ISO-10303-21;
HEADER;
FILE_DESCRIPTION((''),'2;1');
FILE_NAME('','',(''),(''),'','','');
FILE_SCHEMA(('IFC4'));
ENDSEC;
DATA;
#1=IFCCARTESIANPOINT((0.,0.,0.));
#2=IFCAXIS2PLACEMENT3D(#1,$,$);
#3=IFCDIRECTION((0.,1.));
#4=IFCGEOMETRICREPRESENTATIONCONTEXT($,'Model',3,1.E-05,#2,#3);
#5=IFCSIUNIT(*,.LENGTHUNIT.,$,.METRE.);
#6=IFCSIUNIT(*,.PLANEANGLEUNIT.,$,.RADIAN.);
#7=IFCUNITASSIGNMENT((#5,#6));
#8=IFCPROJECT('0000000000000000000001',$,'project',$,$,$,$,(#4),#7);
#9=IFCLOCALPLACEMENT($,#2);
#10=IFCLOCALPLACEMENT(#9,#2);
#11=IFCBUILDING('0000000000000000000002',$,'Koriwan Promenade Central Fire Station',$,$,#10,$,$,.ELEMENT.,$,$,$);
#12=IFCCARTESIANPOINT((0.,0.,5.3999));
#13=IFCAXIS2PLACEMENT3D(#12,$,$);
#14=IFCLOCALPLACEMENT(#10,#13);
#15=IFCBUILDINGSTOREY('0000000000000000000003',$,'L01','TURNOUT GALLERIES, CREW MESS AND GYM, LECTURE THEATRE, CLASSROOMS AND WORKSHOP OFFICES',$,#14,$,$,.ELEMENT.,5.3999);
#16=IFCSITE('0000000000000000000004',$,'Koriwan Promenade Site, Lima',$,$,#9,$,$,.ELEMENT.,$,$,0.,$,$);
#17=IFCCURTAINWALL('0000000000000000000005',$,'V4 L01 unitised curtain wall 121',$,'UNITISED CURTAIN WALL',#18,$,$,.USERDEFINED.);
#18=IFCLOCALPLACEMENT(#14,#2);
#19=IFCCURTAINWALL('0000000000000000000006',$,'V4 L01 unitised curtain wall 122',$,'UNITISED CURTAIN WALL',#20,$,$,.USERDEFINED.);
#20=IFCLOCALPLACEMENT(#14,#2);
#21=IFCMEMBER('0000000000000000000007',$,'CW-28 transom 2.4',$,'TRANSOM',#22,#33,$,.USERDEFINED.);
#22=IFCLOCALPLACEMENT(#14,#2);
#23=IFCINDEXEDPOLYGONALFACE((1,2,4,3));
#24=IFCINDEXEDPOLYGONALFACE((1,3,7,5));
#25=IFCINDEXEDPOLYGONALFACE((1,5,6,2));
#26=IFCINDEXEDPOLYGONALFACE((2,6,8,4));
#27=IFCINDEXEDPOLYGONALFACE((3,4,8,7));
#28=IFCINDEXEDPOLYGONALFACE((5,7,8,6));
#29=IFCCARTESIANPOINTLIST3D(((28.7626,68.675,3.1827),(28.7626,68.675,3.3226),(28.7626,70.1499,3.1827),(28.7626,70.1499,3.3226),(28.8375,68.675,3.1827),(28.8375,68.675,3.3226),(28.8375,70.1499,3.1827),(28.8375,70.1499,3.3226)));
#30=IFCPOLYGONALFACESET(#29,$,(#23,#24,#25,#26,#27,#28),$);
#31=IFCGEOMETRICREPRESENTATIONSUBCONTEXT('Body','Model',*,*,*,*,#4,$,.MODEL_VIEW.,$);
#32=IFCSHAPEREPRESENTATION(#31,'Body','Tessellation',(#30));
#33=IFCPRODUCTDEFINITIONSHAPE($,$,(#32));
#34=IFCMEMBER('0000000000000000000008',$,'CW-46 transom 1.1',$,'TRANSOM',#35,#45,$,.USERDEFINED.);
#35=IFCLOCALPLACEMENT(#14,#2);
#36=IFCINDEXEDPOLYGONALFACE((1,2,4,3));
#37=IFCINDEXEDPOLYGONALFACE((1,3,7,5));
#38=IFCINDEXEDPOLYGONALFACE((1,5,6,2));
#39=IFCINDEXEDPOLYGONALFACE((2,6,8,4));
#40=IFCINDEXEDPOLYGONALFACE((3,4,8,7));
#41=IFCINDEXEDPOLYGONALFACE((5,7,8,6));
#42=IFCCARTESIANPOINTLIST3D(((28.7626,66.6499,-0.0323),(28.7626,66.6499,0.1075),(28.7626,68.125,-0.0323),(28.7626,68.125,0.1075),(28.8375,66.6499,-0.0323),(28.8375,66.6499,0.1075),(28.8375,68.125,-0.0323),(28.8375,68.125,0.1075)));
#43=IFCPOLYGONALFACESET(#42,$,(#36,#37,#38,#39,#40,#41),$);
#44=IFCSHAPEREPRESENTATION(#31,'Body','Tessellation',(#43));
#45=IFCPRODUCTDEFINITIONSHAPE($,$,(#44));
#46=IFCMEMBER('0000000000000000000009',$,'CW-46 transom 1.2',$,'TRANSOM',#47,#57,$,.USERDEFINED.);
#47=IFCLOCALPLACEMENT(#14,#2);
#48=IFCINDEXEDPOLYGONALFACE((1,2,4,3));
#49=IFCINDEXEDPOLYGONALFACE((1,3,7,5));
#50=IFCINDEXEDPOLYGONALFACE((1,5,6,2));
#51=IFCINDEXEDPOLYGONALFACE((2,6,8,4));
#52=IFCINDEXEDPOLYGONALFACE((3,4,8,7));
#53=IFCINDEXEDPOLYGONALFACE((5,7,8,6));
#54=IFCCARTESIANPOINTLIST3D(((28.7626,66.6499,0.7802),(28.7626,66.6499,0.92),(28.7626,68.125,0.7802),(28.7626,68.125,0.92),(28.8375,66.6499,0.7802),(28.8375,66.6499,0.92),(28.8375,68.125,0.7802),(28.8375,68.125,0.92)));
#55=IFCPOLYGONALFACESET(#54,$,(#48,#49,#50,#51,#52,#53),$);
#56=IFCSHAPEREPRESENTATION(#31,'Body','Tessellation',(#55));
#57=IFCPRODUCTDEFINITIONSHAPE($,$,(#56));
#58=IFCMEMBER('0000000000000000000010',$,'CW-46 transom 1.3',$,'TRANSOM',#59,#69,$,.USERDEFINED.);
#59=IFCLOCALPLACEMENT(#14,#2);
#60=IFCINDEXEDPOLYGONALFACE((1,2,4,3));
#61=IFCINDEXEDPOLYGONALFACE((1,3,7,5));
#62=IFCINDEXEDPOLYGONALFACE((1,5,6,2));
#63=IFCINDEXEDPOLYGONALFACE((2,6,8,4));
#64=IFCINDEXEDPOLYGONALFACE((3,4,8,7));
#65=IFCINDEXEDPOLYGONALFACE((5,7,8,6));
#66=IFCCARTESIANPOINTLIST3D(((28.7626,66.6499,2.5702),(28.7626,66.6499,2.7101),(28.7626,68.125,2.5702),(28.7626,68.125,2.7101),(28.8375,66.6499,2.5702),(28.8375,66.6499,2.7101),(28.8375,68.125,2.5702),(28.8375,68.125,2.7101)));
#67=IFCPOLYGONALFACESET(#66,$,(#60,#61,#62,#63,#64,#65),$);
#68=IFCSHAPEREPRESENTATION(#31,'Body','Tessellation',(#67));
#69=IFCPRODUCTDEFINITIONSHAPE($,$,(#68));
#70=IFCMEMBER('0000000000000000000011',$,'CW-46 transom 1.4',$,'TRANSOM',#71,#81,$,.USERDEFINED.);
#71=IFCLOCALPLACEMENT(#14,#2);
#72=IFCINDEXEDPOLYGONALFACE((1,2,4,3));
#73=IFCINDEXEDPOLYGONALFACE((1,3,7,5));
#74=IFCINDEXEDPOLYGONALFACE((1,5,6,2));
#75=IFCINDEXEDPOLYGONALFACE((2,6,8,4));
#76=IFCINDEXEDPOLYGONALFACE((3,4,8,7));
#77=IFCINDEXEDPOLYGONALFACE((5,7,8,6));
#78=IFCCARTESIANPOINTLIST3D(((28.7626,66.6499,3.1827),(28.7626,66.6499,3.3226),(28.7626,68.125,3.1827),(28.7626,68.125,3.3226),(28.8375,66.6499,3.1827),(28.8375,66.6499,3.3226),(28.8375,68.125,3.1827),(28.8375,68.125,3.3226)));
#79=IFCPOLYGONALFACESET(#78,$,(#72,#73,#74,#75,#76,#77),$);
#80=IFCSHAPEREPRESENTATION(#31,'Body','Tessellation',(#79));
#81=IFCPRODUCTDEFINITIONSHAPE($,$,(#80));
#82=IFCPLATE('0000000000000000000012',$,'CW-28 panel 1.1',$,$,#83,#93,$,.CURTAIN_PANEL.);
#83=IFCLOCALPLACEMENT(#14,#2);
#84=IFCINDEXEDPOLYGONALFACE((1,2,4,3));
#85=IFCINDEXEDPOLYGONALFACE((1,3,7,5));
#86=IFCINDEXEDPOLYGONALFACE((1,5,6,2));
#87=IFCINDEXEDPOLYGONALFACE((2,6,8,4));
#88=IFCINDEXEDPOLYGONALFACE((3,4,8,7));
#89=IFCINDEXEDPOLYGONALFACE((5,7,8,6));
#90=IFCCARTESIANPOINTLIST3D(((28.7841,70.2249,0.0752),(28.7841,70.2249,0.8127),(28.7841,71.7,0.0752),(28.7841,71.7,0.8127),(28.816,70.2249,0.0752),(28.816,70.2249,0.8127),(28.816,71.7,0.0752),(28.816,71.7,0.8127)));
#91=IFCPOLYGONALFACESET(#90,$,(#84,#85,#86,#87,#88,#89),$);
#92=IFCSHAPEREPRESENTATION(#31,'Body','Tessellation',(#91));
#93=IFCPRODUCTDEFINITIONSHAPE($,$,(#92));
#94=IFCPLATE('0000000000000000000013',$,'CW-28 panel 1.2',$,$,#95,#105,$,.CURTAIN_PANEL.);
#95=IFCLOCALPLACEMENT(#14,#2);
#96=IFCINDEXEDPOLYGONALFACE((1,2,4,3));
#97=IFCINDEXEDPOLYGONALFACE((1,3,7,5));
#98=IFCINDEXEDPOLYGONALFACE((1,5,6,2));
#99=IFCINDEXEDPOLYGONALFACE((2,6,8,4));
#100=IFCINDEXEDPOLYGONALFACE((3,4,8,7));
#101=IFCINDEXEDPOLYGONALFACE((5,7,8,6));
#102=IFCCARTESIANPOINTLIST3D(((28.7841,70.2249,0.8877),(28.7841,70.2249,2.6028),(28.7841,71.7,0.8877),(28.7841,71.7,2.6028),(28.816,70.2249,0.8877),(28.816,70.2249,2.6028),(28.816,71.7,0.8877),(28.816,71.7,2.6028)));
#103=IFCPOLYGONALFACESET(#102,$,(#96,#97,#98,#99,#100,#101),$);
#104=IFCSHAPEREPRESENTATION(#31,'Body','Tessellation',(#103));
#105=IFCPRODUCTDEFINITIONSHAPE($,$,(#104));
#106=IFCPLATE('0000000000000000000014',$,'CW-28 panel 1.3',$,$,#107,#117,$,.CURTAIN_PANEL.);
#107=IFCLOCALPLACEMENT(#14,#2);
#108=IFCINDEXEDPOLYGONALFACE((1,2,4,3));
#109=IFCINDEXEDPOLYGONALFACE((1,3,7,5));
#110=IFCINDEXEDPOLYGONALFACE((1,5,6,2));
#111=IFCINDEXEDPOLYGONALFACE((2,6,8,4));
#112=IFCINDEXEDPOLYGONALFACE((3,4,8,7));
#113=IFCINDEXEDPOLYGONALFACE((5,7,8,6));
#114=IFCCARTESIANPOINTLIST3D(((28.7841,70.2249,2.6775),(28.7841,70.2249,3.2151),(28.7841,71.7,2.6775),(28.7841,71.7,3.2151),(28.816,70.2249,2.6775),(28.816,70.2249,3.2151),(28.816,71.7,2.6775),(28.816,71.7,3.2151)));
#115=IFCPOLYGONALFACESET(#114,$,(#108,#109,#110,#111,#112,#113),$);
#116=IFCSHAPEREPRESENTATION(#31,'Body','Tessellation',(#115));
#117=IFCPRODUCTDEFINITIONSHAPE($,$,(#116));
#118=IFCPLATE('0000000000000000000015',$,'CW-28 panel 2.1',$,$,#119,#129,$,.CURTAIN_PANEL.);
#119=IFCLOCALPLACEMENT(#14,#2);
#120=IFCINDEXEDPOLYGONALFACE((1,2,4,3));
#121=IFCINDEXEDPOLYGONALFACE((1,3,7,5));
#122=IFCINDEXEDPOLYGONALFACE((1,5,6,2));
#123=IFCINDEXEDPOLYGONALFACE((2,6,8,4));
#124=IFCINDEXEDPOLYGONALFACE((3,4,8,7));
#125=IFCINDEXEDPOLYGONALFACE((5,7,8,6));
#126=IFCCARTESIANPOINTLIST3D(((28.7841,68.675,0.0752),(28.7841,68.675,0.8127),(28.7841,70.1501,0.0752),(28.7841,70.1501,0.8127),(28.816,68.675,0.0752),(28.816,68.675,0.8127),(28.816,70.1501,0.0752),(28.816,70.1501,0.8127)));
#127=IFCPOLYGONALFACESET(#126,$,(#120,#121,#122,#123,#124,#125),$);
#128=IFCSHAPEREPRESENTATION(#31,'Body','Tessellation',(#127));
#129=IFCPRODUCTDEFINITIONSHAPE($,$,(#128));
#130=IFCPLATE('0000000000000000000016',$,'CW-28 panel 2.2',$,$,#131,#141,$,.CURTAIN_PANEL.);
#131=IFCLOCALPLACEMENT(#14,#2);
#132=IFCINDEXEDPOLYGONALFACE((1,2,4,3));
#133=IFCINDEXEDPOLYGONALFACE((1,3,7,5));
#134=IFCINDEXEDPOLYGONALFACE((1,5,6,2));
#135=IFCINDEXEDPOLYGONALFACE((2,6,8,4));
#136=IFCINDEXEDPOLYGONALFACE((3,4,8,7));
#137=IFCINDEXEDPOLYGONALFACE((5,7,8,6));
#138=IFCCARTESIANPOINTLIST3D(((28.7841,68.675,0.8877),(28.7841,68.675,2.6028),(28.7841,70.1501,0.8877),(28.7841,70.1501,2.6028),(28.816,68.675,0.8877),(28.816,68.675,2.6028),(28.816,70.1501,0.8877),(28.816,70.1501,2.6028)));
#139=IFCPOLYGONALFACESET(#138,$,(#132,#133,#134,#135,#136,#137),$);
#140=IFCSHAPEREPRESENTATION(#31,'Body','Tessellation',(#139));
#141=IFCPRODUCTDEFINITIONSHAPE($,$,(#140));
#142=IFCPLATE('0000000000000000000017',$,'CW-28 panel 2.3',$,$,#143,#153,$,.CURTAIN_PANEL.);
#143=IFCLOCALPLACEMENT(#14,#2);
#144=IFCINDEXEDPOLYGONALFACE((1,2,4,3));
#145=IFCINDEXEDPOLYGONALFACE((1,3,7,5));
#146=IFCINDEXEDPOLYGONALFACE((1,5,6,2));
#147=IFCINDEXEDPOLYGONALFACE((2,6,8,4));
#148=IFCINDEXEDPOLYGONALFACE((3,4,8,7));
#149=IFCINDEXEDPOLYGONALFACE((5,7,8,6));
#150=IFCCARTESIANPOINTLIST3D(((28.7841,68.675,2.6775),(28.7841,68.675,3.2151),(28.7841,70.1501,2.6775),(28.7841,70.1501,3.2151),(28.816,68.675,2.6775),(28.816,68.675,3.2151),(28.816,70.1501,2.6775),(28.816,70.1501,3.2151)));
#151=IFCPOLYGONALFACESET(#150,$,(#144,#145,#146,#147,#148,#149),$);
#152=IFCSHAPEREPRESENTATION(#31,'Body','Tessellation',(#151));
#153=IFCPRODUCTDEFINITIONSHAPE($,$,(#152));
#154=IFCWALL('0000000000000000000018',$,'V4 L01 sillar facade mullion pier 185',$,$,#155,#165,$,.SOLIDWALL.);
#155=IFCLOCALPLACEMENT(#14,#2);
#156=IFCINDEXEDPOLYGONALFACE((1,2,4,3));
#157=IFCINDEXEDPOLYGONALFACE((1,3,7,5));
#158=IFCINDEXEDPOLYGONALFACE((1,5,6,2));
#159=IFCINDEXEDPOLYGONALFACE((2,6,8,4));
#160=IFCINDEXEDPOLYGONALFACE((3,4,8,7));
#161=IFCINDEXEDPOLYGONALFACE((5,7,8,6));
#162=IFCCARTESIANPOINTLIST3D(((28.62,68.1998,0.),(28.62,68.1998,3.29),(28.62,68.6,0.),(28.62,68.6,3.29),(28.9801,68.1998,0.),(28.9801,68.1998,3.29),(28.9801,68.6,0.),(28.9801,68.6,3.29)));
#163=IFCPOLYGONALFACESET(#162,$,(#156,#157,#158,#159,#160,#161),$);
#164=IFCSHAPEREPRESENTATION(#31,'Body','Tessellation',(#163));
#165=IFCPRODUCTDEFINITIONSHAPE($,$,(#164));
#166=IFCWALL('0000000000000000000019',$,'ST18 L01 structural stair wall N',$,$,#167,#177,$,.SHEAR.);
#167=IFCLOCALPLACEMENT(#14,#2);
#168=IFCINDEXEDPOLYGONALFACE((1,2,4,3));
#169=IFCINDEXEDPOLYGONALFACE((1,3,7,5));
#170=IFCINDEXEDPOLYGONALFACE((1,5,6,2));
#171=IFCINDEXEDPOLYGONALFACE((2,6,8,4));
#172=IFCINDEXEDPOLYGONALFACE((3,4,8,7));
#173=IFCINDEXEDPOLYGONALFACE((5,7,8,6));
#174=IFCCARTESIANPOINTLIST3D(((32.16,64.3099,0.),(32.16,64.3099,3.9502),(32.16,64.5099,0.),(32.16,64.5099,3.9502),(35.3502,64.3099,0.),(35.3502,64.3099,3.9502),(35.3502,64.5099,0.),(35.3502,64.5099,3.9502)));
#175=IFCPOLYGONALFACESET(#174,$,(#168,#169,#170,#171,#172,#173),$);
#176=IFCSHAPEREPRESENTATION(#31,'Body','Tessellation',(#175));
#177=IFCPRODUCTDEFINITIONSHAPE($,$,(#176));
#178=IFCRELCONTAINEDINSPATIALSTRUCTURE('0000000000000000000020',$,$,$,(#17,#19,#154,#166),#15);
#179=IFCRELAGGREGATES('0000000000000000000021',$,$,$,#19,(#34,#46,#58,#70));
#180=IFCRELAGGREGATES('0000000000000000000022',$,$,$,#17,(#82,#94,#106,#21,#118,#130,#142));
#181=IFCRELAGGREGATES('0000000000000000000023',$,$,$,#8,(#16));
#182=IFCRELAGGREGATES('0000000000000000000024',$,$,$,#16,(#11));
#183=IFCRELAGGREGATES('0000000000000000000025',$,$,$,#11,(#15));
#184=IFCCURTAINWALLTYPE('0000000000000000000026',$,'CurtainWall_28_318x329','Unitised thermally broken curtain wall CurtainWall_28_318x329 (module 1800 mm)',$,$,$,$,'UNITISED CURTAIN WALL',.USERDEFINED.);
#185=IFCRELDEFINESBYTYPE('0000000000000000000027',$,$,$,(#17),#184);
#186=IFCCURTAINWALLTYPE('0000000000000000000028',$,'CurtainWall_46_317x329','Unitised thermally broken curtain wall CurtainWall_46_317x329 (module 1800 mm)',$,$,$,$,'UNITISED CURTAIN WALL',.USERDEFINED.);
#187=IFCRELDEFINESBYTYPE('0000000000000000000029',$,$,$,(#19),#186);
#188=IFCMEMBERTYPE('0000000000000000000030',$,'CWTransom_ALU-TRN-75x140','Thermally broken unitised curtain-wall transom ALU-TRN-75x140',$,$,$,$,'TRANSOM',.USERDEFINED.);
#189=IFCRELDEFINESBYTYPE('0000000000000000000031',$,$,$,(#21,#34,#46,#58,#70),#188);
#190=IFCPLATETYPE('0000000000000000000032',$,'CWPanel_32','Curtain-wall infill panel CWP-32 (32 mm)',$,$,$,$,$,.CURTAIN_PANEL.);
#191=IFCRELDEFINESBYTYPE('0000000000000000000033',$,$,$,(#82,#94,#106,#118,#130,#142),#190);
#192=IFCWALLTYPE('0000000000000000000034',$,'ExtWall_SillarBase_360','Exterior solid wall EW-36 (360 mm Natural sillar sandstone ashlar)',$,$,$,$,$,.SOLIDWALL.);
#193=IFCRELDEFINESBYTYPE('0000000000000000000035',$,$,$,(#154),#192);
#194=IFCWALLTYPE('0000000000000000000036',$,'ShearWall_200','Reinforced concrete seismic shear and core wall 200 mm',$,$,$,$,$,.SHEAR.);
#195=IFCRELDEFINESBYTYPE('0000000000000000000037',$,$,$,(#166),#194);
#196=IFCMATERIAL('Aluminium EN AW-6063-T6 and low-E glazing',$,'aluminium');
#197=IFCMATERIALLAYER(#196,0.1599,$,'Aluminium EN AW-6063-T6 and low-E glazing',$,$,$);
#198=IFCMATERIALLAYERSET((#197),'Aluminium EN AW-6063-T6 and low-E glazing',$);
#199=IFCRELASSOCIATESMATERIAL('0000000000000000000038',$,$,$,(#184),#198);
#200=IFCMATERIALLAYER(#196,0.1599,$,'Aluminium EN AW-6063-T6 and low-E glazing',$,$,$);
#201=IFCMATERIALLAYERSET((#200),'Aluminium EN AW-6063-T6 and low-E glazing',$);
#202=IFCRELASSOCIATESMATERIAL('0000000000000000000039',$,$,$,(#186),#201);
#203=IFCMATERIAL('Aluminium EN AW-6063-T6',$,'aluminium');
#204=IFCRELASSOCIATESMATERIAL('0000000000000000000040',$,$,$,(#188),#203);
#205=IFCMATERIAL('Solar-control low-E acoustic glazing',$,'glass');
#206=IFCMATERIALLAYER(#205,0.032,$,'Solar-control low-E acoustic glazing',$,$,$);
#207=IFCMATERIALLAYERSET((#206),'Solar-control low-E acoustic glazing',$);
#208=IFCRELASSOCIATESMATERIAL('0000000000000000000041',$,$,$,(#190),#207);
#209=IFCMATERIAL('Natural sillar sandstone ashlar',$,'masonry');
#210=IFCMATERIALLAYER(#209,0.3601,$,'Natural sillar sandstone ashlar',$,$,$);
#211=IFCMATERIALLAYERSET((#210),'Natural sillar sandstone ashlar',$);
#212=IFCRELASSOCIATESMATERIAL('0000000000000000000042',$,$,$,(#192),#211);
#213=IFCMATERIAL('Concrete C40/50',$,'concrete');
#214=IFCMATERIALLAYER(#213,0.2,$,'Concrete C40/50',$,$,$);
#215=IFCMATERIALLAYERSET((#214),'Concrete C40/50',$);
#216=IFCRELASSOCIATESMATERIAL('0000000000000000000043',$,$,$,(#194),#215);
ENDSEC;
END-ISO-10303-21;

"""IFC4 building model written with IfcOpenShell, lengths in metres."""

from ifc_helpers import new_model, si_unit, direction, frame, frame_2d, origin, origin_2d, place, context, subcontext, project, spatial, rectangle, extrude, material, layer, layer_set, material_profile, profile_set, type_object, element, aggregate, save


model = new_model("IFC4")

# Units and contexts
model_context = context("Model", 3, precision=1e-05, world=origin(), true_north=direction((0.0, 1.0)))
body_context = subcontext(model_context, "Body", "Model", "MODEL_VIEW")
ifc_project = project(units=[si_unit("LENGTHUNIT", "METRE"), si_unit("PLANEANGLEUNIT", "RADIAN")], contexts=[model_context])

# Site, building, storey
site_placement = place(None, origin())
site = spatial("IfcSite", under=ifc_project, at=site_placement, Name="Koriwan Promenade Site, Lima", CompositionType="ELEMENT", RefElevation=0.0)
building_placement = place(site_placement, origin())
building = spatial("IfcBuilding", under=site, at=building_placement, Name="Koriwan Promenade Central Fire Station", CompositionType="ELEMENT")
storey_placement = place(building_placement, frame((0.0, 0.0, 5.3999)))
storey = spatial("IfcBuildingStorey", under=building, at=storey_placement, Name="L01", Description="TURNOUT GALLERIES, CREW MESS AND GYM, LECTURE THEATRE, CLASSROOMS AND WORKSHOP OFFICES", CompositionType="ELEMENT", Elevation=5.3999)

# Shared definitions
ifc_material_1 = material(Name="Concrete C40/50", Category="concrete")

# Curtain wall
ifc_material_2 = material(Name="Aluminium EN AW-6063-T6 and low-E glazing", Category="aluminium")
ifc_layer_1 = layer(ifc_material_2, 0.1599, Name="Aluminium EN AW-6063-T6 and low-E glazing")
ifc_layer_set_1 = layer_set([ifc_layer_1], Name="Aluminium EN AW-6063-T6 and low-E glazing")
curtain_wall_type_1 = type_object("IfcCurtainWallType", Name="CurtainWall_28_318x329", Description="Unitised thermally broken curtain wall CurtainWall_28_318x329 (module 1800 mm)", ElementType="UNITISED CURTAIN WALL", PredefinedType="USERDEFINED", material=ifc_layer_set_1)
curtain_wall_1_placement = place(storey_placement, origin())
curtain_wall_1 = element("IfcCurtainWall", 1, at=curtain_wall_1_placement, inside=storey, type_object=curtain_wall_type_1, Name="V4 L01 unitised curtain wall 121", ObjectType="UNITISED CURTAIN WALL", PredefinedType="USERDEFINED")
ifc_material_3 = material(Name="Aluminium EN AW-6063-T6", Category="aluminium")

# Curtain wall
ifc_layer_2 = layer(ifc_material_2, 0.1599, Name="Aluminium EN AW-6063-T6 and low-E glazing")
ifc_layer_set_2 = layer_set([ifc_layer_2], Name="Aluminium EN AW-6063-T6 and low-E glazing")
curtain_wall_type_2 = type_object("IfcCurtainWallType", Name="CurtainWall_46_317x329", Description="Unitised thermally broken curtain wall CurtainWall_46_317x329 (module 1800 mm)", ElementType="UNITISED CURTAIN WALL", PredefinedType="USERDEFINED", material=ifc_layer_set_2)
curtain_wall_2_placement = place(storey_placement, origin())
curtain_wall_2 = element("IfcCurtainWall", 2, at=curtain_wall_2_placement, inside=storey, type_object=curtain_wall_type_2, Name="V4 L01 unitised curtain wall 122", ObjectType="UNITISED CURTAIN WALL", PredefinedType="USERDEFINED")

# Members
ifc_material_profile_1 = material_profile(ifc_material_3, rectangle(XDim=0.075, YDim=0.1399, at=origin_2d()), Name="ALU-TRN-75x140")
ifc_profile_set_1 = profile_set([ifc_material_profile_1], Name="Aluminium EN AW-6063-T6")
member_type_1 = type_object("IfcMemberType", Name="CWTransom_ALU-TRN-75x140", Description="Thermally broken unitised curtain-wall transom ALU-TRN-75x140", ElementType="TRANSOM", PredefinedType="USERDEFINED", material=ifc_profile_set_1)
member_1_placement = place(storey_placement, frame((28.8, 70.1499, 3.2527), z_axis=(0.0, -1.0, 0.0), x_axis=(1.0, 0.0, 0.0)))
member_1 = element("IfcMember", 3, at=member_1_placement, type_object=member_type_1, Name="CW-28 transom 2.4", ObjectType="TRANSOM", PredefinedType="USERDEFINED", context=body_context, shape_type="SweptSolid", body=[
    extrude(rectangle(XDim=0.075, YDim=0.1399, at=origin_2d()), origin(), (0.0, 0.0, 1.0), 1.4749),
])
member_2_placement = place(storey_placement, frame((28.8, 68.125, 0.0376), z_axis=(0.0, -1.0, 0.0), x_axis=(1.0, 0.0, 0.0)))
member_2 = element("IfcMember", 4, at=member_2_placement, type_object=member_type_1, Name="CW-46 transom 1.1", ObjectType="TRANSOM", PredefinedType="USERDEFINED", context=body_context, shape_type="SweptSolid", body=[
    extrude(rectangle(XDim=0.075, YDim=0.1399, at=origin_2d()), origin(), (0.0, 0.0, 1.0), 1.4751),
])
member_3_placement = place(storey_placement, frame((28.8, 68.125, 0.8501), z_axis=(0.0, -1.0, 0.0), x_axis=(1.0, 0.0, 0.0)))
member_3 = element("IfcMember", 5, at=member_3_placement, type_object=member_type_1, Name="CW-46 transom 1.2", ObjectType="TRANSOM", PredefinedType="USERDEFINED", context=body_context, shape_type="SweptSolid", body=[
    extrude(rectangle(XDim=0.075, YDim=0.1399, at=origin_2d()), origin(), (0.0, 0.0, 1.0), 1.4751),
])
member_4_placement = place(storey_placement, frame((28.8, 68.125, 2.6401), z_axis=(0.0, -1.0, 0.0), x_axis=(1.0, 0.0, 0.0)))
member_4 = element("IfcMember", 6, at=member_4_placement, type_object=member_type_1, Name="CW-46 transom 1.3", ObjectType="TRANSOM", PredefinedType="USERDEFINED", context=body_context, shape_type="SweptSolid", body=[
    extrude(rectangle(XDim=0.075, YDim=0.1399, at=origin_2d()), origin(), (0.0, 0.0, 1.0), 1.4751),
])
member_5_placement = place(storey_placement, frame((28.8, 68.125, 3.2527), z_axis=(0.0, -1.0, 0.0), x_axis=(1.0, 0.0, 0.0)))
member_5 = element("IfcMember", 7, at=member_5_placement, type_object=member_type_1, Name="CW-46 transom 1.4", ObjectType="TRANSOM", PredefinedType="USERDEFINED", context=body_context, shape_type="SweptSolid", body=[
    extrude(rectangle(XDim=0.075, YDim=0.1399, at=origin_2d()), origin(), (0.0, 0.0, 1.0), 1.4751),
])
aggregate(curtain_wall_2, [member_2, member_3, member_4, member_5])

# Plates
ifc_material_4 = material(Name="Solar-control low-E acoustic glazing", Category="glass")
ifc_layer_3 = layer(ifc_material_4, 0.032, Name="Solar-control low-E acoustic glazing")
ifc_layer_set_3 = layer_set([ifc_layer_3], Name="Solar-control low-E acoustic glazing")
plate_type = type_object("IfcPlateType", Name="CWPanel_32", Description="Curtain-wall infill panel CWP-32 (32 mm)", PredefinedType="CURTAIN_PANEL", material=ifc_layer_set_3)
plate_1_placement = place(storey_placement, frame((28.8, 70.9624, 0.0752), z_axis=(0.0, 0.0, 1.0), x_axis=(0.0, -1.0, 0.0)))
plate_1 = element("IfcPlate", 8, at=plate_1_placement, type_object=plate_type, Name="CW-28 panel 1.1", PredefinedType="CURTAIN_PANEL", context=body_context, shape_type="SweptSolid", body=[
    extrude(rectangle(XDim=1.4751, YDim=0.032, at=origin_2d()), origin(), (0.0, 0.0, 1.0), 0.7375),
])
plate_2_placement = place(storey_placement, frame((28.8, 70.9624, 0.8877), z_axis=(0.0, 0.0, 1.0), x_axis=(0.0, -1.0, 0.0)))
plate_2 = element("IfcPlate", 9, at=plate_2_placement, type_object=plate_type, Name="CW-28 panel 1.2", PredefinedType="CURTAIN_PANEL", context=body_context, shape_type="SweptSolid", body=[
    extrude(rectangle(XDim=1.4751, YDim=0.032, at=origin_2d()), origin(), (0.0, 0.0, 1.0), 1.7151),
])
plate_3_placement = place(storey_placement, frame((28.8, 70.9624, 2.6775), z_axis=(0.0, 0.0, 1.0), x_axis=(0.0, -1.0, 0.0)))
plate_3 = element("IfcPlate", 10, at=plate_3_placement, type_object=plate_type, Name="CW-28 panel 1.3", PredefinedType="CURTAIN_PANEL", context=body_context, shape_type="SweptSolid", body=[
    extrude(rectangle(XDim=1.4751, YDim=0.032, at=origin_2d()), origin(), (0.0, 0.0, 1.0), 0.5376),
])
plate_4_placement = place(storey_placement, frame((28.8, 69.4126, 0.0752), z_axis=(0.0, 0.0, 1.0), x_axis=(0.0, -1.0, 0.0)))
plate_4 = element("IfcPlate", 11, at=plate_4_placement, type_object=plate_type, Name="CW-28 panel 2.1", PredefinedType="CURTAIN_PANEL", context=body_context, shape_type="SweptSolid", body=[
    extrude(rectangle(XDim=1.4751, YDim=0.032, at=origin_2d()), origin(), (0.0, 0.0, 1.0), 0.7375),
])
plate_5_placement = place(storey_placement, frame((28.8, 69.4126, 0.8877), z_axis=(0.0, 0.0, 1.0), x_axis=(0.0, -1.0, 0.0)))
plate_5 = element("IfcPlate", 12, at=plate_5_placement, type_object=plate_type, Name="CW-28 panel 2.2", PredefinedType="CURTAIN_PANEL", context=body_context, shape_type="SweptSolid", body=[
    extrude(rectangle(XDim=1.4751, YDim=0.032, at=origin_2d()), origin(), (0.0, 0.0, 1.0), 1.7151),
])
plate_6_placement = place(storey_placement, frame((28.8, 69.4126, 2.6775), z_axis=(0.0, 0.0, 1.0), x_axis=(0.0, -1.0, 0.0)))
plate_6 = element("IfcPlate", 13, at=plate_6_placement, type_object=plate_type, Name="CW-28 panel 2.3", PredefinedType="CURTAIN_PANEL", context=body_context, shape_type="SweptSolid", body=[
    extrude(rectangle(XDim=1.4751, YDim=0.032, at=origin_2d()), origin(), (0.0, 0.0, 1.0), 0.5376),
])
aggregate(curtain_wall_1, [plate_1, plate_2, plate_3, member_1, plate_4, plate_5, plate_6])

# Walls
ifc_material_5 = material(Name="Natural sillar sandstone ashlar", Category="masonry")
ifc_layer_4 = layer(ifc_material_5, 0.3601, Name="Natural sillar sandstone ashlar")
ifc_layer_set_4 = layer_set([ifc_layer_4], Name="Natural sillar sandstone ashlar")
wall_type_1 = type_object("IfcWallType", Name="ExtWall_SillarBase_360", Description="Exterior solid wall EW-36 (360 mm Natural sillar sandstone ashlar)", PredefinedType="SOLIDWALL", material=ifc_layer_set_4)
wall_1_placement = place(storey_placement, frame((28.8, 68.6001, 0.0), z_axis=(0.0, 0.0, 1.0), x_axis=(0.0, -1.0, 0.0)))
element("IfcWall", 14, at=wall_1_placement, inside=storey, type_object=wall_type_1, Name="V4 L01 sillar facade mullion pier 185", PredefinedType="SOLIDWALL", context=body_context, shape_type="SweptSolid", body=[
    extrude(rectangle(XDim=0.4001, YDim=0.3601, at=frame_2d((0.2002, 0.0))), origin(), (0.0, 0.0, 1.0), 3.29),
])
ifc_layer_5 = layer(ifc_material_1, 0.2, Name="Concrete C40/50")
ifc_layer_set_5 = layer_set([ifc_layer_5], Name="Concrete C40/50")
wall_type_2 = type_object("IfcWallType", Name="ShearWall_200", Description="Reinforced concrete seismic shear and core wall 200 mm", PredefinedType="SHEAR", material=ifc_layer_set_5)
wall_2_placement = place(storey_placement, frame((32.1599, 64.4099, 0.0), z_axis=(0.0, 0.0, 1.0), x_axis=(1.0, 0.0, 0.0)))
element("IfcWall", 15, at=wall_2_placement, inside=storey, type_object=wall_type_2, Name="ST18 L01 structural stair wall N", PredefinedType="SHEAR", context=body_context, shape_type="SweptSolid", body=[
    extrude(rectangle(XDim=3.1902, YDim=0.2, at=frame_2d((1.5952, 0.0))), origin(), (0.0, 0.0, 1.0), 3.9502),
])

save(model, "model.ifc")
